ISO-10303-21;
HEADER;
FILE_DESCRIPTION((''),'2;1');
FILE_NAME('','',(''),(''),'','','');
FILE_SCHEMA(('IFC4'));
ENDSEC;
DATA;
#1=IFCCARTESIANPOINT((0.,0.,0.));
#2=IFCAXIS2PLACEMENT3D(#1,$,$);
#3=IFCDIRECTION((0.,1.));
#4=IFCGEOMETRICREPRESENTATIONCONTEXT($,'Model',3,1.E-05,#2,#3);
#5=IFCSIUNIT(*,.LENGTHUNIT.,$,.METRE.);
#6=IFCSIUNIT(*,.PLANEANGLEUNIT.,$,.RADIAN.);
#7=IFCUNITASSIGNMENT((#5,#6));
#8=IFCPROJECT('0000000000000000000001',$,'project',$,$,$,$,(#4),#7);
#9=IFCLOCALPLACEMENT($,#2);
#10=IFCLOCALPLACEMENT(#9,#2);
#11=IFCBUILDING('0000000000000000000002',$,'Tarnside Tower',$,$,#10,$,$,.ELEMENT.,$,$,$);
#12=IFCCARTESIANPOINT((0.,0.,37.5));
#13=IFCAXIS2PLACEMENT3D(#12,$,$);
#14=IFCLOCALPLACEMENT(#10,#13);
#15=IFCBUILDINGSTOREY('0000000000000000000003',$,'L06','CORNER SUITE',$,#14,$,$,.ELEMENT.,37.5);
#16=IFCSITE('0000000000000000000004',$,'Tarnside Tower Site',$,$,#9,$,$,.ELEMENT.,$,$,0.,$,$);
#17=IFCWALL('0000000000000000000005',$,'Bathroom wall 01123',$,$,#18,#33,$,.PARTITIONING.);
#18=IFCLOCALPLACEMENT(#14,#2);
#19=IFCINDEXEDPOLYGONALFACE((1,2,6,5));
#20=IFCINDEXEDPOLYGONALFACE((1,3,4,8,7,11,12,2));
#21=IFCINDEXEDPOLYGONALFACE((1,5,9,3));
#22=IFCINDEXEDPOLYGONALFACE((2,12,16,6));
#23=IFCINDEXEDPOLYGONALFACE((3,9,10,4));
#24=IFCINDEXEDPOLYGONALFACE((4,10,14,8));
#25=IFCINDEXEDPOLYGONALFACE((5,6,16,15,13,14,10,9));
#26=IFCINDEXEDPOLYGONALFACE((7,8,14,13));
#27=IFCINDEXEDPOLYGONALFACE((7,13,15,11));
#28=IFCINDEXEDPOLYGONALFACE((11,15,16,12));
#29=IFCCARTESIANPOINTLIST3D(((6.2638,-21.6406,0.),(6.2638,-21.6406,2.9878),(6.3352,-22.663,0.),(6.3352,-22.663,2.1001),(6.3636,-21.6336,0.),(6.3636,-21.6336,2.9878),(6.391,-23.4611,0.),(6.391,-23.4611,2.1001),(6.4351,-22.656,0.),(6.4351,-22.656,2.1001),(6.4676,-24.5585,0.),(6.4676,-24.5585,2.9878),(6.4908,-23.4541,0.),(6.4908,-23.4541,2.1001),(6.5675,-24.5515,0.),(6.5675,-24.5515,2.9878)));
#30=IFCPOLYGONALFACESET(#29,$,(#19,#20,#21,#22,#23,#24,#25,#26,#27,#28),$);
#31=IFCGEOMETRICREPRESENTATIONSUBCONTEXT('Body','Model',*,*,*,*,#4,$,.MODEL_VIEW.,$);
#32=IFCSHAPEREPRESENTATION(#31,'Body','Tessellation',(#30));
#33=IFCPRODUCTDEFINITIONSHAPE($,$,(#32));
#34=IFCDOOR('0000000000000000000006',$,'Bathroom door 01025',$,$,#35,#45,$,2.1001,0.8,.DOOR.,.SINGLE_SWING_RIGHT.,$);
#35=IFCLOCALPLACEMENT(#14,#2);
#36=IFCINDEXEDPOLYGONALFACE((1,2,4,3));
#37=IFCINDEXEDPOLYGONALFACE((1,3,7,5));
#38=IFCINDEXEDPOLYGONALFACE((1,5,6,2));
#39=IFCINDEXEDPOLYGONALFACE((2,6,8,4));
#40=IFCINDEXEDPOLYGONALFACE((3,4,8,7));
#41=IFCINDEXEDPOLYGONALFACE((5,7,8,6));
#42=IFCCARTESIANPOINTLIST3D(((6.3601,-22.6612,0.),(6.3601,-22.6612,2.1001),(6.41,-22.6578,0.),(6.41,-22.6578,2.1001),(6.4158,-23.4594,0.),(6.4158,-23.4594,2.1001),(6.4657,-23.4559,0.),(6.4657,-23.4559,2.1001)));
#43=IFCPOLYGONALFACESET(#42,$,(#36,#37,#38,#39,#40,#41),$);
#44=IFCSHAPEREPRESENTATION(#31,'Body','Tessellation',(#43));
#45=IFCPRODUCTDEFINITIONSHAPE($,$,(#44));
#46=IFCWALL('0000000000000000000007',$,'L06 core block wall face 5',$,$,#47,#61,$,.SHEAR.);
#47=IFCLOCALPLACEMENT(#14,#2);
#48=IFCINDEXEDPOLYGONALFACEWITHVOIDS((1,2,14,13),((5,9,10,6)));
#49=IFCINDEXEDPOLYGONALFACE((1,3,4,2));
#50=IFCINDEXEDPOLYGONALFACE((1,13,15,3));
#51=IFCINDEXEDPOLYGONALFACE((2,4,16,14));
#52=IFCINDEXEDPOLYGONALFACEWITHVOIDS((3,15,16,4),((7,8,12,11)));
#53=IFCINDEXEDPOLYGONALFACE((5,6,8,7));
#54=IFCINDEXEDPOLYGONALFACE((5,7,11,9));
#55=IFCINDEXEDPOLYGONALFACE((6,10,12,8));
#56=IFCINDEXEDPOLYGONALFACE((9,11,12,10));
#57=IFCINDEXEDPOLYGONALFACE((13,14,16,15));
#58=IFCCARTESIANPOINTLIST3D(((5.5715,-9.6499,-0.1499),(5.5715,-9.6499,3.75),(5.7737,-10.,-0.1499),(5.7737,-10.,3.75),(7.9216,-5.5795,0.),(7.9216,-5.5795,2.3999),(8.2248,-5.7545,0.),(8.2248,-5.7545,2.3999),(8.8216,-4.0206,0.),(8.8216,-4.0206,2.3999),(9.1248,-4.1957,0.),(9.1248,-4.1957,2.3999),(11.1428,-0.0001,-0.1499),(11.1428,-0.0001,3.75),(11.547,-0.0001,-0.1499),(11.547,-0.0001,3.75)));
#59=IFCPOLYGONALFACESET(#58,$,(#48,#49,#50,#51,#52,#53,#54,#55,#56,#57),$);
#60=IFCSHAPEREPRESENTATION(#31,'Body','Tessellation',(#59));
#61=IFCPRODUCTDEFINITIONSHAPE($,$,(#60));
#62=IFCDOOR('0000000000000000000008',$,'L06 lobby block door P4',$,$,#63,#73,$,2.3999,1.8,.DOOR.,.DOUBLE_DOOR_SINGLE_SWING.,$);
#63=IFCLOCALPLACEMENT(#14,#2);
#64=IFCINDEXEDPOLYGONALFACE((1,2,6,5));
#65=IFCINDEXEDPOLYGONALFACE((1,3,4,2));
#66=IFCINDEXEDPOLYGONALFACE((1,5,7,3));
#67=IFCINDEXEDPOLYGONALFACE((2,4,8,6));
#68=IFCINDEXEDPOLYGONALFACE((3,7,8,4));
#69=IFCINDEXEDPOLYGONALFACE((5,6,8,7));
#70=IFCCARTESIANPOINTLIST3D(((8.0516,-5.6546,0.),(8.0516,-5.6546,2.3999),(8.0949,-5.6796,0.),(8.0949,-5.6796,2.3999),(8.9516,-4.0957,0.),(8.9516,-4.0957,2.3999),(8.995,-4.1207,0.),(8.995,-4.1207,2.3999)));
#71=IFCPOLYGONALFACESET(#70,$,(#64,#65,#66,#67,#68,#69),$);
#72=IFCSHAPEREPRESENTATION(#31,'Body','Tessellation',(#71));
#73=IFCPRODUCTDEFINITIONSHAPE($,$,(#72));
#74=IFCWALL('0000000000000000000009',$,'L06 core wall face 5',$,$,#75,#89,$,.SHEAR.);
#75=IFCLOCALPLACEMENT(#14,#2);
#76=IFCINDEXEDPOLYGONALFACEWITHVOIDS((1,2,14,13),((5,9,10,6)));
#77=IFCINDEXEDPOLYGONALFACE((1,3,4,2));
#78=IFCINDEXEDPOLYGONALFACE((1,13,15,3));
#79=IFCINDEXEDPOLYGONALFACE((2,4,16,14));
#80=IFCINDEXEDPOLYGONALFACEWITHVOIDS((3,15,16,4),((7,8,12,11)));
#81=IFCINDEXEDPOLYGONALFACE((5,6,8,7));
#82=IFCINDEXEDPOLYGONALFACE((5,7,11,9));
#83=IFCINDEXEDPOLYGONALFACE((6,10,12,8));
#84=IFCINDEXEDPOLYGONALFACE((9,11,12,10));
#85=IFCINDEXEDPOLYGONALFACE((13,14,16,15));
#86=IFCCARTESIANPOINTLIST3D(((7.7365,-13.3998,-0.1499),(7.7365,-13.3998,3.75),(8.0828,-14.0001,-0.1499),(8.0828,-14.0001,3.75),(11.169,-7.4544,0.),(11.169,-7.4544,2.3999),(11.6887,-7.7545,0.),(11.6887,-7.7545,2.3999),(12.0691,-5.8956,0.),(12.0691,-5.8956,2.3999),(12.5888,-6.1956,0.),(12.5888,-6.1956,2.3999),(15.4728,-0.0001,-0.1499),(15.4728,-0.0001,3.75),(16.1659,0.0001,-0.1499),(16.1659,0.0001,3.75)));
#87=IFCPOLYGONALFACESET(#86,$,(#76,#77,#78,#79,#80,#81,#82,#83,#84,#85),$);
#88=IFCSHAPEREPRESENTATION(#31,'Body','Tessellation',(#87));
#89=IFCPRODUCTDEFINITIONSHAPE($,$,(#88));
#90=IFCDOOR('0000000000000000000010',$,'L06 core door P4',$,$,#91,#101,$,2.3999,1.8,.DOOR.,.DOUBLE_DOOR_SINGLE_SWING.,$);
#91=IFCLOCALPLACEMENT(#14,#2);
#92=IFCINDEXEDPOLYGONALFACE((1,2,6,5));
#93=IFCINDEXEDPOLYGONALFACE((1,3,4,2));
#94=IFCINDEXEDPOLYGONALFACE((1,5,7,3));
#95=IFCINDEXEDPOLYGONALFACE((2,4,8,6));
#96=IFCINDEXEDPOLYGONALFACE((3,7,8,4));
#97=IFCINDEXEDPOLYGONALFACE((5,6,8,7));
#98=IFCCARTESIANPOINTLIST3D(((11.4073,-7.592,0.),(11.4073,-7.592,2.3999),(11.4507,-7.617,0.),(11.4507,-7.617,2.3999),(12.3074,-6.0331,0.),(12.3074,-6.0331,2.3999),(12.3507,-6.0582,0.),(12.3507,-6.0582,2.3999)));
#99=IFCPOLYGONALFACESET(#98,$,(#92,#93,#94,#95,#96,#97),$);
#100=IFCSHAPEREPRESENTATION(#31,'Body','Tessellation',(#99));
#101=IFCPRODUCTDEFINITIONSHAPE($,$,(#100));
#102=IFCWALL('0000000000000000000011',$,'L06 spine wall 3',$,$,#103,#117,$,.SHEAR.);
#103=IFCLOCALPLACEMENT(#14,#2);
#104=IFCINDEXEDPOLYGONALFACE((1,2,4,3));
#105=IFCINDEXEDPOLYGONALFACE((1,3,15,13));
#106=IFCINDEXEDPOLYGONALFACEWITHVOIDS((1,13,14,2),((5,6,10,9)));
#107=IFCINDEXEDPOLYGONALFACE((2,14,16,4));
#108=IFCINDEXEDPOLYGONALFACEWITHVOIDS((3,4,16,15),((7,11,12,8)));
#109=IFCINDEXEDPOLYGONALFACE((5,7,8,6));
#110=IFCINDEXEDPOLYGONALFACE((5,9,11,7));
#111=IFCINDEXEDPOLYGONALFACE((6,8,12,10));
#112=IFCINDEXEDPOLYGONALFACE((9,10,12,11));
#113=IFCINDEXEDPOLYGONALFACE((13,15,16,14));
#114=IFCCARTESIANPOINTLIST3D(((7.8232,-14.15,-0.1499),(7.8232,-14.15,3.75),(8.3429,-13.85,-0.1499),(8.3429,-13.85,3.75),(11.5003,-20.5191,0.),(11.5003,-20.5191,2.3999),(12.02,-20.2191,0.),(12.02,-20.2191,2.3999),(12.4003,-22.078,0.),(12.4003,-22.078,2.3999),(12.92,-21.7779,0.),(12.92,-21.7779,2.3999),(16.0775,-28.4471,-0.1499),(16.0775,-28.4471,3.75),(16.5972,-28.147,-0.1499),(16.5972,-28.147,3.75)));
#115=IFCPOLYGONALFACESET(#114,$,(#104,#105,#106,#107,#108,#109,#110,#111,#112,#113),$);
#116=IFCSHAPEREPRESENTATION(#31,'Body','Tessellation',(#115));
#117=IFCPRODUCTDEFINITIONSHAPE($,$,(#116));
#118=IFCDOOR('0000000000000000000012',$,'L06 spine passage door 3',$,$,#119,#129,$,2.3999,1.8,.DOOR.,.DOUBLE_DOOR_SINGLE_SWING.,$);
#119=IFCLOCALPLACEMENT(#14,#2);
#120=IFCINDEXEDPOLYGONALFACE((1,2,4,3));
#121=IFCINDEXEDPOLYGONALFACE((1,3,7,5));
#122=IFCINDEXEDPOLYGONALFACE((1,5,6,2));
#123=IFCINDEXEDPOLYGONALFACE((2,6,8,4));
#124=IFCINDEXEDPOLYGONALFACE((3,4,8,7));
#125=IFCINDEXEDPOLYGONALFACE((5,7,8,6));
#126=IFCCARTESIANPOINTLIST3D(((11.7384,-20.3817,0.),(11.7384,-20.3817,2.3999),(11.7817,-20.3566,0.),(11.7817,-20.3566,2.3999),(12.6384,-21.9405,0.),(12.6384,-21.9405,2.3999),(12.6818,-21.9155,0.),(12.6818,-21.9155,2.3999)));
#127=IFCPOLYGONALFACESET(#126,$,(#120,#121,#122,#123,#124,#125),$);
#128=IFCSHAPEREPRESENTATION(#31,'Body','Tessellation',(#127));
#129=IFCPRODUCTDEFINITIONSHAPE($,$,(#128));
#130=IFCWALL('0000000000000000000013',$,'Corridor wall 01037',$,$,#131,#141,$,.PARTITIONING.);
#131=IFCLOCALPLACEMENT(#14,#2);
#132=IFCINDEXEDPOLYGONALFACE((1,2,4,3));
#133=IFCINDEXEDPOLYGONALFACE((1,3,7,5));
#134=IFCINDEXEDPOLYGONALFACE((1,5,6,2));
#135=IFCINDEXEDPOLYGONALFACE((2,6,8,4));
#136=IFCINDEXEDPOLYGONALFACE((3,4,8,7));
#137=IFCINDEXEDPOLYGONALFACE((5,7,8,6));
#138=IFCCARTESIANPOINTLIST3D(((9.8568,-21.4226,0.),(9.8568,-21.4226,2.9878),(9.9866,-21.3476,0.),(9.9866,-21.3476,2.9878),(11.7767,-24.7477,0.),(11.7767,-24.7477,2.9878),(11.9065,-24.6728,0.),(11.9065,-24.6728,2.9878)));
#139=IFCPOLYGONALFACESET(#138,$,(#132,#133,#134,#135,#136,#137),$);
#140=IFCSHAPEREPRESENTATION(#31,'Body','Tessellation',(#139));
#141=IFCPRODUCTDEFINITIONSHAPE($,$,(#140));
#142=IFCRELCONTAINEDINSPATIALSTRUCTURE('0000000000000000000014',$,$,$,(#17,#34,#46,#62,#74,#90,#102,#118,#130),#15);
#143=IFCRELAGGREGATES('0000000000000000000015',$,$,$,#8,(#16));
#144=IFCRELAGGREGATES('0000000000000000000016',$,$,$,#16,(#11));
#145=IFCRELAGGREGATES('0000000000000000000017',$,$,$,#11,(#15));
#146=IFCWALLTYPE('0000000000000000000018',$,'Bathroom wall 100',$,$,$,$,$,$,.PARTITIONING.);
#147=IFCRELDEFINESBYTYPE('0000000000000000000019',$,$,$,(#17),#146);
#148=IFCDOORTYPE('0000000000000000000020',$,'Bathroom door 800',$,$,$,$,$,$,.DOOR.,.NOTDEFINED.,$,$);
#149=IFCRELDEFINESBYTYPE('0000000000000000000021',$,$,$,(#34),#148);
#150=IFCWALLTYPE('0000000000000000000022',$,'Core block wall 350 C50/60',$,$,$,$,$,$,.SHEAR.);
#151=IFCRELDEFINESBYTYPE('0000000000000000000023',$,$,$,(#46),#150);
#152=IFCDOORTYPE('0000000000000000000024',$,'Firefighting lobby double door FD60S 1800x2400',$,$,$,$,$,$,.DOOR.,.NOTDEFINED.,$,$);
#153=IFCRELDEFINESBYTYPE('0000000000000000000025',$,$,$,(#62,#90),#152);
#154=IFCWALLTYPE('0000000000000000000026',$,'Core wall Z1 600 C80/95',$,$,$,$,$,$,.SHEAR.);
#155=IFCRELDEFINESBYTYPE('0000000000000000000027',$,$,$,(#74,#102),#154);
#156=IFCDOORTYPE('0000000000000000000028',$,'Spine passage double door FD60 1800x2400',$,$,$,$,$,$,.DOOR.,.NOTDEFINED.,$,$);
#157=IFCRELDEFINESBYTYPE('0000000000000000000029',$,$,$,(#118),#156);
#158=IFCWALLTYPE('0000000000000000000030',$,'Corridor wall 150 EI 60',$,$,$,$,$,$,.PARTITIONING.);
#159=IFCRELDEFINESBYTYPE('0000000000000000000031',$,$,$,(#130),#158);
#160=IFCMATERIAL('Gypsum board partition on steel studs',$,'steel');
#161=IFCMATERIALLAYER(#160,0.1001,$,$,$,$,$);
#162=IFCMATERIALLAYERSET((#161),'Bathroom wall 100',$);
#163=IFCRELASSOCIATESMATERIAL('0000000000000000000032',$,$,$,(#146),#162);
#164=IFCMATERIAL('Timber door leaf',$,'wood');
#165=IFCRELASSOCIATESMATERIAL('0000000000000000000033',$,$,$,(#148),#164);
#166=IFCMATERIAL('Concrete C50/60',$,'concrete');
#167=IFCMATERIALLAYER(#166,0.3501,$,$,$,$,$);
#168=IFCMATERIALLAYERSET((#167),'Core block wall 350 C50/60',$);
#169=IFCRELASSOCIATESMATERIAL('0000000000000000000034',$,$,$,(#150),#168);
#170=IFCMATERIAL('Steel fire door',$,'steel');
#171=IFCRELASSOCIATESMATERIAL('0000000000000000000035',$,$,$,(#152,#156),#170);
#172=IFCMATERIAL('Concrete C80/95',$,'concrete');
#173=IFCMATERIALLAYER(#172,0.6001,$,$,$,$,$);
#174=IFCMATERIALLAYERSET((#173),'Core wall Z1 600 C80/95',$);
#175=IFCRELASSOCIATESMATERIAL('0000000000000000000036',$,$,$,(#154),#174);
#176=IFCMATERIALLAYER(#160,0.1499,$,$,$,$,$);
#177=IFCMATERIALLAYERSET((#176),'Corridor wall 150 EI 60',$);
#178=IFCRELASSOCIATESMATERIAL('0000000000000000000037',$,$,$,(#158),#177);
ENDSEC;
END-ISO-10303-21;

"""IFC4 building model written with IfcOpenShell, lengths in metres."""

from ifc_helpers import new_model, si_unit, direction, frame, frame_2d, origin, place, context, subcontext, project, spatial, polyline, rectangle, outline, extrude, material, layer, layer_set, type_object, element, fill, save


model = new_model("IFC4")

# Units and contexts
model_context = context("Model", 3, precision=1e-05, world=origin(), true_north=direction((0.0, 1.0)))
body_context = subcontext(model_context, "Body", "Model", "MODEL_VIEW")
ifc_project = project(units=[si_unit("LENGTHUNIT", "METRE"), si_unit("PLANEANGLEUNIT", "RADIAN")], contexts=[model_context])

# Site, building, storey
site_placement = place(None, origin())
site = spatial("IfcSite", under=ifc_project, at=site_placement, Name="Tarnside Tower Site", CompositionType="ELEMENT", RefElevation=0.0)
building_placement = place(site_placement, origin())
building = spatial("IfcBuilding", under=site, at=building_placement, Name="Tarnside Tower", CompositionType="ELEMENT")
storey_placement = place(building_placement, frame((0.0, 0.0, 37.5)))
storey = spatial("IfcBuildingStorey", under=building, at=storey_placement, Name="L06", Description="CORNER SUITE", CompositionType="ELEMENT", Elevation=37.5)

# Walls, openings, doors
ifc_material_1 = material(Name="Gypsum board partition on steel studs", Category="steel")
ifc_layer_1 = layer(ifc_material_1, 0.1001)
ifc_layer_set_1 = layer_set([ifc_layer_1], Name="Bathroom wall 100")
wall_type_1 = type_object("IfcWallType", Name="Bathroom wall 100", PredefinedType="PARTITIONING", material=ifc_layer_set_1)
wall_1_placement = place(storey_placement, frame((6.3137, -21.6372, 0.0), z_axis=(0.0, 0.0, 1.0), x_axis=(0.069693, -0.997568, 0.0)))
wall_1 = element("IfcWall", 1, at=wall_1_placement, inside=storey, type_object=wall_type_1, Name="Bathroom wall 01123", PredefinedType="PARTITIONING", context=body_context, shape_type="SweptSolid", body=[
    extrude(rectangle(XDim=2.925, YDim=0.1001, at=frame_2d((1.4624, 0.0))), origin(), (0.0, 0.0, 1.0), 2.9878),
])
opening_1_placement = place(wall_1_placement, frame((1.0249, 0.0, 0.0)))
opening_1 = element("IfcOpeningElement", 2, at=opening_1_placement, cuts=wall_1, PredefinedType="OPENING", context=body_context, shape_type="SweptSolid", body=[
    extrude(rectangle(XDim=0.8, YDim=2.1001, at=frame_2d((0.3999, 1.05))), frame((0.0, 0.0601, 0.0), z_axis=(0.0, -1.0, 0.0), x_axis=(1.0, 0.0, 0.0)), (0.0, 0.0, 1.0), 0.1201),
])
ifc_material_2 = material(Name="Timber door leaf", Category="wood")
door_type_1 = type_object("IfcDoorType", Name="Bathroom door 800", OperationType="NOTDEFINED", PredefinedType="DOOR", material=ifc_material_2)
door_1_placement = place(opening_1_placement, origin())
door_1 = element("IfcDoor", 3, at=door_1_placement, inside=storey, type_object=door_type_1, Name="Bathroom door 01025", OperationType="SINGLE_SWING_RIGHT", OverallHeight=2.1001, OverallWidth=0.8, PredefinedType="DOOR", context=body_context, shape_type="SweptSolid", body=[
    extrude(rectangle(XDim=0.8, YDim=2.1001, at=frame_2d((0.3999, 1.05))), frame((0.0, 0.0249, 0.0), z_axis=(0.0, -1.0, 0.0), x_axis=(1.0, 0.0, 0.0)), (0.0, 0.0, 1.0), 0.05),
])
fill(opening_1, door_1)
ifc_material_3 = material(Name="Concrete C50/60", Category="concrete")
ifc_layer_2 = layer(ifc_material_3, 0.3501)
ifc_layer_set_2 = layer_set([ifc_layer_2], Name="Core block wall 350 C50/60")
wall_type_2 = type_object("IfcWallType", Name="Core block wall 350 C50/60", PredefinedType="SHEAR", material=ifc_layer_set_2)
wall_2_placement = place(storey_placement, frame((5.6726, -9.825, -0.1499), z_axis=(0.0, 0.0, 1.0), x_axis=(0.499995, 0.866028, 0.0)))
wall_2 = element("IfcWall", 4, at=wall_2_placement, inside=storey, type_object=wall_type_2, Name="L06 core block wall face 5", PredefinedType="SHEAR", context=body_context, shape_type="SweptSolid", body=[
    extrude(outline(polyline([(-0.1011, -0.175), (11.4458, -0.175), (11.2437, 0.175), (0.1011, 0.175), (-0.1011, -0.175)])), origin(), (0.0, 0.0, 1.0), 3.8999),
])
opening_2_placement = place(wall_2_placement, frame((4.8013, 0.0, 0.1499)))
opening_2 = element("IfcOpeningElement", 5, at=opening_2_placement, cuts=wall_2, PredefinedType="OPENING", context=body_context, shape_type="SweptSolid", body=[
    extrude(rectangle(XDim=1.8, YDim=2.3999, at=frame_2d((0.8999, 1.2))), frame((0.0, 0.1851, 0.0), z_axis=(0.0, -1.0, 0.0), x_axis=(1.0, 0.0, 0.0)), (0.0, 0.0, 1.0), 0.3701),
])
ifc_material_4 = material(Name="Steel fire door", Category="steel")
door_type_2 = type_object("IfcDoorType", Name="Firefighting lobby double door FD60S 1800x2400", OperationType="NOTDEFINED", PredefinedType="DOOR", material=ifc_material_4)
door_2_placement = place(opening_2_placement, origin())
door_2 = element("IfcDoor", 6, at=door_2_placement, inside=storey, type_object=door_type_2, Name="L06 lobby block door P4", OperationType="DOUBLE_DOOR_SINGLE_SWING", OverallHeight=2.3999, OverallWidth=1.8, PredefinedType="DOOR", context=body_context, shape_type="SweptSolid", body=[
    extrude(rectangle(XDim=1.8, YDim=2.3999, at=frame_2d((0.8999, 1.2))), frame((0.0, 0.0249, 0.0), z_axis=(0.0, -1.0, 0.0), x_axis=(1.0, 0.0, 0.0)), (0.0, 0.0, 1.0), 0.05),
])
fill(opening_2, door_2)
ifc_material_5 = material(Name="Concrete C80/95", Category="concrete")
ifc_layer_3 = layer(ifc_material_5, 0.6001)
ifc_layer_set_3 = layer_set([ifc_layer_3], Name="Core wall Z1 600 C80/95")
wall_type_3 = type_object("IfcWallType", Name="Core wall Z1 600 C80/95", PredefinedType="SHEAR", material=ifc_layer_set_3)
wall_3_placement = place(storey_placement, frame((7.9097, -13.7, -0.1499), z_axis=(0.0, 0.0, 1.0), x_axis=(0.5, 0.866025, 0.0)))
wall_3 = element("IfcWall", 7, at=wall_3_placement, inside=storey, type_object=wall_type_3, Name="L06 core wall face 5", PredefinedType="SHEAR", context=body_context, shape_type="SweptSolid", body=[
    extrude(outline(polyline([(-0.1733, -0.3), (15.9927, -0.3), (15.646, 0.3), (0.1733, 0.3), (-0.1733, -0.3)])), origin(), (0.0, 0.0, 1.0), 3.8999),
])
opening_3_placement = place(wall_3_placement, frame((7.0386, 0.0, 0.1499)))
opening_3 = element("IfcOpeningElement", 8, at=opening_3_placement, cuts=wall_3, PredefinedType="OPENING", context=body_context, shape_type="SweptSolid", body=[
    extrude(rectangle(XDim=1.8, YDim=2.3999, at=frame_2d((0.8999, 1.2))), frame((0.0, 0.3101, 0.0), z_axis=(0.0, -1.0, 0.0), x_axis=(1.0, 0.0, 0.0)), (0.0, 0.0, 1.0), 0.6201),
])
door_3_placement = place(opening_3_placement, origin())
door_3 = element("IfcDoor", 9, at=door_3_placement, inside=storey, type_object=door_type_2, Name="L06 core door P4", OperationType="DOUBLE_DOOR_SINGLE_SWING", OverallHeight=2.3999, OverallWidth=1.8, PredefinedType="DOOR", context=body_context, shape_type="SweptSolid", body=[
    extrude(rectangle(XDim=1.8, YDim=2.3999, at=frame_2d((0.8999, 1.2))), frame((0.0, 0.0249, 0.0), z_axis=(0.0, -1.0, 0.0), x_axis=(1.0, 0.0, 0.0)), (0.0, 0.0, 1.0), 0.05),
])
fill(opening_3, door_3)
wall_4_placement = place(storey_placement, frame((8.083, -14.0, -0.1499), z_axis=(0.0, 0.0, 1.0), x_axis=(0.499998, -0.866027, 0.0)))
wall_4 = element("IfcWall", 10, at=wall_4_placement, inside=storey, type_object=wall_type_3, Name="L06 spine wall 3", PredefinedType="SHEAR", context=body_context, shape_type="SweptSolid", body=[
    extrude(rectangle(XDim=16.5088, YDim=0.6001, at=frame_2d((8.2544, 0.0))), origin(), (0.0, 0.0, 1.0), 3.8999),
])
opening_4_placement = place(wall_4_placement, frame((7.3545, 0.0, 0.1499)))
opening_4 = element("IfcOpeningElement", 11, at=opening_4_placement, cuts=wall_4, PredefinedType="OPENING", context=body_context, shape_type="SweptSolid", body=[
    extrude(rectangle(XDim=1.8, YDim=2.3999, at=frame_2d((0.8999, 1.2))), frame((0.0, 0.3101, 0.0), z_axis=(0.0, -1.0, 0.0), x_axis=(1.0, 0.0, 0.0)), (0.0, 0.0, 1.0), 0.6201),
])
door_type_3 = type_object("IfcDoorType", Name="Spine passage double door FD60 1800x2400", OperationType="NOTDEFINED", PredefinedType="DOOR", material=ifc_material_4)
door_4_placement = place(opening_4_placement, origin())
door_4 = element("IfcDoor", 12, at=door_4_placement, inside=storey, type_object=door_type_3, Name="L06 spine passage door 3", OperationType="DOUBLE_DOOR_SINGLE_SWING", OverallHeight=2.3999, OverallWidth=1.8, PredefinedType="DOOR", context=body_context, shape_type="SweptSolid", body=[
    extrude(rectangle(XDim=1.8, YDim=2.3999, at=frame_2d((0.8999, 1.2))), frame((0.0, 0.0249, 0.0), z_axis=(0.0, -1.0, 0.0), x_axis=(1.0, 0.0, 0.0)), (0.0, 0.0, 1.0), 0.05),
])
fill(opening_4, door_4)

# Wall
ifc_layer_4 = layer(ifc_material_1, 0.1499)
ifc_layer_set_4 = layer_set([ifc_layer_4], Name="Corridor wall 150 EI 60")
wall_type_4 = type_object("IfcWallType", Name="Corridor wall 150 EI 60", PredefinedType="PARTITIONING", material=ifc_layer_set_4)
wall_5_placement = place(storey_placement, frame((9.9216, -21.385, 0.0), z_axis=(0.0, 0.0, 1.0), x_axis=(0.500023, -0.866012, 0.0)))
element("IfcWall", 13, at=wall_5_placement, inside=storey, type_object=wall_type_4, Name="Corridor wall 01037", PredefinedType="PARTITIONING", context=body_context, shape_type="SweptSolid", body=[
    extrude(rectangle(XDim=3.8396, YDim=0.1499, at=frame_2d((1.9199, 0.0))), origin(), (0.0, 0.0, 1.0), 2.9878),
])

save(model, "model.ifc")
